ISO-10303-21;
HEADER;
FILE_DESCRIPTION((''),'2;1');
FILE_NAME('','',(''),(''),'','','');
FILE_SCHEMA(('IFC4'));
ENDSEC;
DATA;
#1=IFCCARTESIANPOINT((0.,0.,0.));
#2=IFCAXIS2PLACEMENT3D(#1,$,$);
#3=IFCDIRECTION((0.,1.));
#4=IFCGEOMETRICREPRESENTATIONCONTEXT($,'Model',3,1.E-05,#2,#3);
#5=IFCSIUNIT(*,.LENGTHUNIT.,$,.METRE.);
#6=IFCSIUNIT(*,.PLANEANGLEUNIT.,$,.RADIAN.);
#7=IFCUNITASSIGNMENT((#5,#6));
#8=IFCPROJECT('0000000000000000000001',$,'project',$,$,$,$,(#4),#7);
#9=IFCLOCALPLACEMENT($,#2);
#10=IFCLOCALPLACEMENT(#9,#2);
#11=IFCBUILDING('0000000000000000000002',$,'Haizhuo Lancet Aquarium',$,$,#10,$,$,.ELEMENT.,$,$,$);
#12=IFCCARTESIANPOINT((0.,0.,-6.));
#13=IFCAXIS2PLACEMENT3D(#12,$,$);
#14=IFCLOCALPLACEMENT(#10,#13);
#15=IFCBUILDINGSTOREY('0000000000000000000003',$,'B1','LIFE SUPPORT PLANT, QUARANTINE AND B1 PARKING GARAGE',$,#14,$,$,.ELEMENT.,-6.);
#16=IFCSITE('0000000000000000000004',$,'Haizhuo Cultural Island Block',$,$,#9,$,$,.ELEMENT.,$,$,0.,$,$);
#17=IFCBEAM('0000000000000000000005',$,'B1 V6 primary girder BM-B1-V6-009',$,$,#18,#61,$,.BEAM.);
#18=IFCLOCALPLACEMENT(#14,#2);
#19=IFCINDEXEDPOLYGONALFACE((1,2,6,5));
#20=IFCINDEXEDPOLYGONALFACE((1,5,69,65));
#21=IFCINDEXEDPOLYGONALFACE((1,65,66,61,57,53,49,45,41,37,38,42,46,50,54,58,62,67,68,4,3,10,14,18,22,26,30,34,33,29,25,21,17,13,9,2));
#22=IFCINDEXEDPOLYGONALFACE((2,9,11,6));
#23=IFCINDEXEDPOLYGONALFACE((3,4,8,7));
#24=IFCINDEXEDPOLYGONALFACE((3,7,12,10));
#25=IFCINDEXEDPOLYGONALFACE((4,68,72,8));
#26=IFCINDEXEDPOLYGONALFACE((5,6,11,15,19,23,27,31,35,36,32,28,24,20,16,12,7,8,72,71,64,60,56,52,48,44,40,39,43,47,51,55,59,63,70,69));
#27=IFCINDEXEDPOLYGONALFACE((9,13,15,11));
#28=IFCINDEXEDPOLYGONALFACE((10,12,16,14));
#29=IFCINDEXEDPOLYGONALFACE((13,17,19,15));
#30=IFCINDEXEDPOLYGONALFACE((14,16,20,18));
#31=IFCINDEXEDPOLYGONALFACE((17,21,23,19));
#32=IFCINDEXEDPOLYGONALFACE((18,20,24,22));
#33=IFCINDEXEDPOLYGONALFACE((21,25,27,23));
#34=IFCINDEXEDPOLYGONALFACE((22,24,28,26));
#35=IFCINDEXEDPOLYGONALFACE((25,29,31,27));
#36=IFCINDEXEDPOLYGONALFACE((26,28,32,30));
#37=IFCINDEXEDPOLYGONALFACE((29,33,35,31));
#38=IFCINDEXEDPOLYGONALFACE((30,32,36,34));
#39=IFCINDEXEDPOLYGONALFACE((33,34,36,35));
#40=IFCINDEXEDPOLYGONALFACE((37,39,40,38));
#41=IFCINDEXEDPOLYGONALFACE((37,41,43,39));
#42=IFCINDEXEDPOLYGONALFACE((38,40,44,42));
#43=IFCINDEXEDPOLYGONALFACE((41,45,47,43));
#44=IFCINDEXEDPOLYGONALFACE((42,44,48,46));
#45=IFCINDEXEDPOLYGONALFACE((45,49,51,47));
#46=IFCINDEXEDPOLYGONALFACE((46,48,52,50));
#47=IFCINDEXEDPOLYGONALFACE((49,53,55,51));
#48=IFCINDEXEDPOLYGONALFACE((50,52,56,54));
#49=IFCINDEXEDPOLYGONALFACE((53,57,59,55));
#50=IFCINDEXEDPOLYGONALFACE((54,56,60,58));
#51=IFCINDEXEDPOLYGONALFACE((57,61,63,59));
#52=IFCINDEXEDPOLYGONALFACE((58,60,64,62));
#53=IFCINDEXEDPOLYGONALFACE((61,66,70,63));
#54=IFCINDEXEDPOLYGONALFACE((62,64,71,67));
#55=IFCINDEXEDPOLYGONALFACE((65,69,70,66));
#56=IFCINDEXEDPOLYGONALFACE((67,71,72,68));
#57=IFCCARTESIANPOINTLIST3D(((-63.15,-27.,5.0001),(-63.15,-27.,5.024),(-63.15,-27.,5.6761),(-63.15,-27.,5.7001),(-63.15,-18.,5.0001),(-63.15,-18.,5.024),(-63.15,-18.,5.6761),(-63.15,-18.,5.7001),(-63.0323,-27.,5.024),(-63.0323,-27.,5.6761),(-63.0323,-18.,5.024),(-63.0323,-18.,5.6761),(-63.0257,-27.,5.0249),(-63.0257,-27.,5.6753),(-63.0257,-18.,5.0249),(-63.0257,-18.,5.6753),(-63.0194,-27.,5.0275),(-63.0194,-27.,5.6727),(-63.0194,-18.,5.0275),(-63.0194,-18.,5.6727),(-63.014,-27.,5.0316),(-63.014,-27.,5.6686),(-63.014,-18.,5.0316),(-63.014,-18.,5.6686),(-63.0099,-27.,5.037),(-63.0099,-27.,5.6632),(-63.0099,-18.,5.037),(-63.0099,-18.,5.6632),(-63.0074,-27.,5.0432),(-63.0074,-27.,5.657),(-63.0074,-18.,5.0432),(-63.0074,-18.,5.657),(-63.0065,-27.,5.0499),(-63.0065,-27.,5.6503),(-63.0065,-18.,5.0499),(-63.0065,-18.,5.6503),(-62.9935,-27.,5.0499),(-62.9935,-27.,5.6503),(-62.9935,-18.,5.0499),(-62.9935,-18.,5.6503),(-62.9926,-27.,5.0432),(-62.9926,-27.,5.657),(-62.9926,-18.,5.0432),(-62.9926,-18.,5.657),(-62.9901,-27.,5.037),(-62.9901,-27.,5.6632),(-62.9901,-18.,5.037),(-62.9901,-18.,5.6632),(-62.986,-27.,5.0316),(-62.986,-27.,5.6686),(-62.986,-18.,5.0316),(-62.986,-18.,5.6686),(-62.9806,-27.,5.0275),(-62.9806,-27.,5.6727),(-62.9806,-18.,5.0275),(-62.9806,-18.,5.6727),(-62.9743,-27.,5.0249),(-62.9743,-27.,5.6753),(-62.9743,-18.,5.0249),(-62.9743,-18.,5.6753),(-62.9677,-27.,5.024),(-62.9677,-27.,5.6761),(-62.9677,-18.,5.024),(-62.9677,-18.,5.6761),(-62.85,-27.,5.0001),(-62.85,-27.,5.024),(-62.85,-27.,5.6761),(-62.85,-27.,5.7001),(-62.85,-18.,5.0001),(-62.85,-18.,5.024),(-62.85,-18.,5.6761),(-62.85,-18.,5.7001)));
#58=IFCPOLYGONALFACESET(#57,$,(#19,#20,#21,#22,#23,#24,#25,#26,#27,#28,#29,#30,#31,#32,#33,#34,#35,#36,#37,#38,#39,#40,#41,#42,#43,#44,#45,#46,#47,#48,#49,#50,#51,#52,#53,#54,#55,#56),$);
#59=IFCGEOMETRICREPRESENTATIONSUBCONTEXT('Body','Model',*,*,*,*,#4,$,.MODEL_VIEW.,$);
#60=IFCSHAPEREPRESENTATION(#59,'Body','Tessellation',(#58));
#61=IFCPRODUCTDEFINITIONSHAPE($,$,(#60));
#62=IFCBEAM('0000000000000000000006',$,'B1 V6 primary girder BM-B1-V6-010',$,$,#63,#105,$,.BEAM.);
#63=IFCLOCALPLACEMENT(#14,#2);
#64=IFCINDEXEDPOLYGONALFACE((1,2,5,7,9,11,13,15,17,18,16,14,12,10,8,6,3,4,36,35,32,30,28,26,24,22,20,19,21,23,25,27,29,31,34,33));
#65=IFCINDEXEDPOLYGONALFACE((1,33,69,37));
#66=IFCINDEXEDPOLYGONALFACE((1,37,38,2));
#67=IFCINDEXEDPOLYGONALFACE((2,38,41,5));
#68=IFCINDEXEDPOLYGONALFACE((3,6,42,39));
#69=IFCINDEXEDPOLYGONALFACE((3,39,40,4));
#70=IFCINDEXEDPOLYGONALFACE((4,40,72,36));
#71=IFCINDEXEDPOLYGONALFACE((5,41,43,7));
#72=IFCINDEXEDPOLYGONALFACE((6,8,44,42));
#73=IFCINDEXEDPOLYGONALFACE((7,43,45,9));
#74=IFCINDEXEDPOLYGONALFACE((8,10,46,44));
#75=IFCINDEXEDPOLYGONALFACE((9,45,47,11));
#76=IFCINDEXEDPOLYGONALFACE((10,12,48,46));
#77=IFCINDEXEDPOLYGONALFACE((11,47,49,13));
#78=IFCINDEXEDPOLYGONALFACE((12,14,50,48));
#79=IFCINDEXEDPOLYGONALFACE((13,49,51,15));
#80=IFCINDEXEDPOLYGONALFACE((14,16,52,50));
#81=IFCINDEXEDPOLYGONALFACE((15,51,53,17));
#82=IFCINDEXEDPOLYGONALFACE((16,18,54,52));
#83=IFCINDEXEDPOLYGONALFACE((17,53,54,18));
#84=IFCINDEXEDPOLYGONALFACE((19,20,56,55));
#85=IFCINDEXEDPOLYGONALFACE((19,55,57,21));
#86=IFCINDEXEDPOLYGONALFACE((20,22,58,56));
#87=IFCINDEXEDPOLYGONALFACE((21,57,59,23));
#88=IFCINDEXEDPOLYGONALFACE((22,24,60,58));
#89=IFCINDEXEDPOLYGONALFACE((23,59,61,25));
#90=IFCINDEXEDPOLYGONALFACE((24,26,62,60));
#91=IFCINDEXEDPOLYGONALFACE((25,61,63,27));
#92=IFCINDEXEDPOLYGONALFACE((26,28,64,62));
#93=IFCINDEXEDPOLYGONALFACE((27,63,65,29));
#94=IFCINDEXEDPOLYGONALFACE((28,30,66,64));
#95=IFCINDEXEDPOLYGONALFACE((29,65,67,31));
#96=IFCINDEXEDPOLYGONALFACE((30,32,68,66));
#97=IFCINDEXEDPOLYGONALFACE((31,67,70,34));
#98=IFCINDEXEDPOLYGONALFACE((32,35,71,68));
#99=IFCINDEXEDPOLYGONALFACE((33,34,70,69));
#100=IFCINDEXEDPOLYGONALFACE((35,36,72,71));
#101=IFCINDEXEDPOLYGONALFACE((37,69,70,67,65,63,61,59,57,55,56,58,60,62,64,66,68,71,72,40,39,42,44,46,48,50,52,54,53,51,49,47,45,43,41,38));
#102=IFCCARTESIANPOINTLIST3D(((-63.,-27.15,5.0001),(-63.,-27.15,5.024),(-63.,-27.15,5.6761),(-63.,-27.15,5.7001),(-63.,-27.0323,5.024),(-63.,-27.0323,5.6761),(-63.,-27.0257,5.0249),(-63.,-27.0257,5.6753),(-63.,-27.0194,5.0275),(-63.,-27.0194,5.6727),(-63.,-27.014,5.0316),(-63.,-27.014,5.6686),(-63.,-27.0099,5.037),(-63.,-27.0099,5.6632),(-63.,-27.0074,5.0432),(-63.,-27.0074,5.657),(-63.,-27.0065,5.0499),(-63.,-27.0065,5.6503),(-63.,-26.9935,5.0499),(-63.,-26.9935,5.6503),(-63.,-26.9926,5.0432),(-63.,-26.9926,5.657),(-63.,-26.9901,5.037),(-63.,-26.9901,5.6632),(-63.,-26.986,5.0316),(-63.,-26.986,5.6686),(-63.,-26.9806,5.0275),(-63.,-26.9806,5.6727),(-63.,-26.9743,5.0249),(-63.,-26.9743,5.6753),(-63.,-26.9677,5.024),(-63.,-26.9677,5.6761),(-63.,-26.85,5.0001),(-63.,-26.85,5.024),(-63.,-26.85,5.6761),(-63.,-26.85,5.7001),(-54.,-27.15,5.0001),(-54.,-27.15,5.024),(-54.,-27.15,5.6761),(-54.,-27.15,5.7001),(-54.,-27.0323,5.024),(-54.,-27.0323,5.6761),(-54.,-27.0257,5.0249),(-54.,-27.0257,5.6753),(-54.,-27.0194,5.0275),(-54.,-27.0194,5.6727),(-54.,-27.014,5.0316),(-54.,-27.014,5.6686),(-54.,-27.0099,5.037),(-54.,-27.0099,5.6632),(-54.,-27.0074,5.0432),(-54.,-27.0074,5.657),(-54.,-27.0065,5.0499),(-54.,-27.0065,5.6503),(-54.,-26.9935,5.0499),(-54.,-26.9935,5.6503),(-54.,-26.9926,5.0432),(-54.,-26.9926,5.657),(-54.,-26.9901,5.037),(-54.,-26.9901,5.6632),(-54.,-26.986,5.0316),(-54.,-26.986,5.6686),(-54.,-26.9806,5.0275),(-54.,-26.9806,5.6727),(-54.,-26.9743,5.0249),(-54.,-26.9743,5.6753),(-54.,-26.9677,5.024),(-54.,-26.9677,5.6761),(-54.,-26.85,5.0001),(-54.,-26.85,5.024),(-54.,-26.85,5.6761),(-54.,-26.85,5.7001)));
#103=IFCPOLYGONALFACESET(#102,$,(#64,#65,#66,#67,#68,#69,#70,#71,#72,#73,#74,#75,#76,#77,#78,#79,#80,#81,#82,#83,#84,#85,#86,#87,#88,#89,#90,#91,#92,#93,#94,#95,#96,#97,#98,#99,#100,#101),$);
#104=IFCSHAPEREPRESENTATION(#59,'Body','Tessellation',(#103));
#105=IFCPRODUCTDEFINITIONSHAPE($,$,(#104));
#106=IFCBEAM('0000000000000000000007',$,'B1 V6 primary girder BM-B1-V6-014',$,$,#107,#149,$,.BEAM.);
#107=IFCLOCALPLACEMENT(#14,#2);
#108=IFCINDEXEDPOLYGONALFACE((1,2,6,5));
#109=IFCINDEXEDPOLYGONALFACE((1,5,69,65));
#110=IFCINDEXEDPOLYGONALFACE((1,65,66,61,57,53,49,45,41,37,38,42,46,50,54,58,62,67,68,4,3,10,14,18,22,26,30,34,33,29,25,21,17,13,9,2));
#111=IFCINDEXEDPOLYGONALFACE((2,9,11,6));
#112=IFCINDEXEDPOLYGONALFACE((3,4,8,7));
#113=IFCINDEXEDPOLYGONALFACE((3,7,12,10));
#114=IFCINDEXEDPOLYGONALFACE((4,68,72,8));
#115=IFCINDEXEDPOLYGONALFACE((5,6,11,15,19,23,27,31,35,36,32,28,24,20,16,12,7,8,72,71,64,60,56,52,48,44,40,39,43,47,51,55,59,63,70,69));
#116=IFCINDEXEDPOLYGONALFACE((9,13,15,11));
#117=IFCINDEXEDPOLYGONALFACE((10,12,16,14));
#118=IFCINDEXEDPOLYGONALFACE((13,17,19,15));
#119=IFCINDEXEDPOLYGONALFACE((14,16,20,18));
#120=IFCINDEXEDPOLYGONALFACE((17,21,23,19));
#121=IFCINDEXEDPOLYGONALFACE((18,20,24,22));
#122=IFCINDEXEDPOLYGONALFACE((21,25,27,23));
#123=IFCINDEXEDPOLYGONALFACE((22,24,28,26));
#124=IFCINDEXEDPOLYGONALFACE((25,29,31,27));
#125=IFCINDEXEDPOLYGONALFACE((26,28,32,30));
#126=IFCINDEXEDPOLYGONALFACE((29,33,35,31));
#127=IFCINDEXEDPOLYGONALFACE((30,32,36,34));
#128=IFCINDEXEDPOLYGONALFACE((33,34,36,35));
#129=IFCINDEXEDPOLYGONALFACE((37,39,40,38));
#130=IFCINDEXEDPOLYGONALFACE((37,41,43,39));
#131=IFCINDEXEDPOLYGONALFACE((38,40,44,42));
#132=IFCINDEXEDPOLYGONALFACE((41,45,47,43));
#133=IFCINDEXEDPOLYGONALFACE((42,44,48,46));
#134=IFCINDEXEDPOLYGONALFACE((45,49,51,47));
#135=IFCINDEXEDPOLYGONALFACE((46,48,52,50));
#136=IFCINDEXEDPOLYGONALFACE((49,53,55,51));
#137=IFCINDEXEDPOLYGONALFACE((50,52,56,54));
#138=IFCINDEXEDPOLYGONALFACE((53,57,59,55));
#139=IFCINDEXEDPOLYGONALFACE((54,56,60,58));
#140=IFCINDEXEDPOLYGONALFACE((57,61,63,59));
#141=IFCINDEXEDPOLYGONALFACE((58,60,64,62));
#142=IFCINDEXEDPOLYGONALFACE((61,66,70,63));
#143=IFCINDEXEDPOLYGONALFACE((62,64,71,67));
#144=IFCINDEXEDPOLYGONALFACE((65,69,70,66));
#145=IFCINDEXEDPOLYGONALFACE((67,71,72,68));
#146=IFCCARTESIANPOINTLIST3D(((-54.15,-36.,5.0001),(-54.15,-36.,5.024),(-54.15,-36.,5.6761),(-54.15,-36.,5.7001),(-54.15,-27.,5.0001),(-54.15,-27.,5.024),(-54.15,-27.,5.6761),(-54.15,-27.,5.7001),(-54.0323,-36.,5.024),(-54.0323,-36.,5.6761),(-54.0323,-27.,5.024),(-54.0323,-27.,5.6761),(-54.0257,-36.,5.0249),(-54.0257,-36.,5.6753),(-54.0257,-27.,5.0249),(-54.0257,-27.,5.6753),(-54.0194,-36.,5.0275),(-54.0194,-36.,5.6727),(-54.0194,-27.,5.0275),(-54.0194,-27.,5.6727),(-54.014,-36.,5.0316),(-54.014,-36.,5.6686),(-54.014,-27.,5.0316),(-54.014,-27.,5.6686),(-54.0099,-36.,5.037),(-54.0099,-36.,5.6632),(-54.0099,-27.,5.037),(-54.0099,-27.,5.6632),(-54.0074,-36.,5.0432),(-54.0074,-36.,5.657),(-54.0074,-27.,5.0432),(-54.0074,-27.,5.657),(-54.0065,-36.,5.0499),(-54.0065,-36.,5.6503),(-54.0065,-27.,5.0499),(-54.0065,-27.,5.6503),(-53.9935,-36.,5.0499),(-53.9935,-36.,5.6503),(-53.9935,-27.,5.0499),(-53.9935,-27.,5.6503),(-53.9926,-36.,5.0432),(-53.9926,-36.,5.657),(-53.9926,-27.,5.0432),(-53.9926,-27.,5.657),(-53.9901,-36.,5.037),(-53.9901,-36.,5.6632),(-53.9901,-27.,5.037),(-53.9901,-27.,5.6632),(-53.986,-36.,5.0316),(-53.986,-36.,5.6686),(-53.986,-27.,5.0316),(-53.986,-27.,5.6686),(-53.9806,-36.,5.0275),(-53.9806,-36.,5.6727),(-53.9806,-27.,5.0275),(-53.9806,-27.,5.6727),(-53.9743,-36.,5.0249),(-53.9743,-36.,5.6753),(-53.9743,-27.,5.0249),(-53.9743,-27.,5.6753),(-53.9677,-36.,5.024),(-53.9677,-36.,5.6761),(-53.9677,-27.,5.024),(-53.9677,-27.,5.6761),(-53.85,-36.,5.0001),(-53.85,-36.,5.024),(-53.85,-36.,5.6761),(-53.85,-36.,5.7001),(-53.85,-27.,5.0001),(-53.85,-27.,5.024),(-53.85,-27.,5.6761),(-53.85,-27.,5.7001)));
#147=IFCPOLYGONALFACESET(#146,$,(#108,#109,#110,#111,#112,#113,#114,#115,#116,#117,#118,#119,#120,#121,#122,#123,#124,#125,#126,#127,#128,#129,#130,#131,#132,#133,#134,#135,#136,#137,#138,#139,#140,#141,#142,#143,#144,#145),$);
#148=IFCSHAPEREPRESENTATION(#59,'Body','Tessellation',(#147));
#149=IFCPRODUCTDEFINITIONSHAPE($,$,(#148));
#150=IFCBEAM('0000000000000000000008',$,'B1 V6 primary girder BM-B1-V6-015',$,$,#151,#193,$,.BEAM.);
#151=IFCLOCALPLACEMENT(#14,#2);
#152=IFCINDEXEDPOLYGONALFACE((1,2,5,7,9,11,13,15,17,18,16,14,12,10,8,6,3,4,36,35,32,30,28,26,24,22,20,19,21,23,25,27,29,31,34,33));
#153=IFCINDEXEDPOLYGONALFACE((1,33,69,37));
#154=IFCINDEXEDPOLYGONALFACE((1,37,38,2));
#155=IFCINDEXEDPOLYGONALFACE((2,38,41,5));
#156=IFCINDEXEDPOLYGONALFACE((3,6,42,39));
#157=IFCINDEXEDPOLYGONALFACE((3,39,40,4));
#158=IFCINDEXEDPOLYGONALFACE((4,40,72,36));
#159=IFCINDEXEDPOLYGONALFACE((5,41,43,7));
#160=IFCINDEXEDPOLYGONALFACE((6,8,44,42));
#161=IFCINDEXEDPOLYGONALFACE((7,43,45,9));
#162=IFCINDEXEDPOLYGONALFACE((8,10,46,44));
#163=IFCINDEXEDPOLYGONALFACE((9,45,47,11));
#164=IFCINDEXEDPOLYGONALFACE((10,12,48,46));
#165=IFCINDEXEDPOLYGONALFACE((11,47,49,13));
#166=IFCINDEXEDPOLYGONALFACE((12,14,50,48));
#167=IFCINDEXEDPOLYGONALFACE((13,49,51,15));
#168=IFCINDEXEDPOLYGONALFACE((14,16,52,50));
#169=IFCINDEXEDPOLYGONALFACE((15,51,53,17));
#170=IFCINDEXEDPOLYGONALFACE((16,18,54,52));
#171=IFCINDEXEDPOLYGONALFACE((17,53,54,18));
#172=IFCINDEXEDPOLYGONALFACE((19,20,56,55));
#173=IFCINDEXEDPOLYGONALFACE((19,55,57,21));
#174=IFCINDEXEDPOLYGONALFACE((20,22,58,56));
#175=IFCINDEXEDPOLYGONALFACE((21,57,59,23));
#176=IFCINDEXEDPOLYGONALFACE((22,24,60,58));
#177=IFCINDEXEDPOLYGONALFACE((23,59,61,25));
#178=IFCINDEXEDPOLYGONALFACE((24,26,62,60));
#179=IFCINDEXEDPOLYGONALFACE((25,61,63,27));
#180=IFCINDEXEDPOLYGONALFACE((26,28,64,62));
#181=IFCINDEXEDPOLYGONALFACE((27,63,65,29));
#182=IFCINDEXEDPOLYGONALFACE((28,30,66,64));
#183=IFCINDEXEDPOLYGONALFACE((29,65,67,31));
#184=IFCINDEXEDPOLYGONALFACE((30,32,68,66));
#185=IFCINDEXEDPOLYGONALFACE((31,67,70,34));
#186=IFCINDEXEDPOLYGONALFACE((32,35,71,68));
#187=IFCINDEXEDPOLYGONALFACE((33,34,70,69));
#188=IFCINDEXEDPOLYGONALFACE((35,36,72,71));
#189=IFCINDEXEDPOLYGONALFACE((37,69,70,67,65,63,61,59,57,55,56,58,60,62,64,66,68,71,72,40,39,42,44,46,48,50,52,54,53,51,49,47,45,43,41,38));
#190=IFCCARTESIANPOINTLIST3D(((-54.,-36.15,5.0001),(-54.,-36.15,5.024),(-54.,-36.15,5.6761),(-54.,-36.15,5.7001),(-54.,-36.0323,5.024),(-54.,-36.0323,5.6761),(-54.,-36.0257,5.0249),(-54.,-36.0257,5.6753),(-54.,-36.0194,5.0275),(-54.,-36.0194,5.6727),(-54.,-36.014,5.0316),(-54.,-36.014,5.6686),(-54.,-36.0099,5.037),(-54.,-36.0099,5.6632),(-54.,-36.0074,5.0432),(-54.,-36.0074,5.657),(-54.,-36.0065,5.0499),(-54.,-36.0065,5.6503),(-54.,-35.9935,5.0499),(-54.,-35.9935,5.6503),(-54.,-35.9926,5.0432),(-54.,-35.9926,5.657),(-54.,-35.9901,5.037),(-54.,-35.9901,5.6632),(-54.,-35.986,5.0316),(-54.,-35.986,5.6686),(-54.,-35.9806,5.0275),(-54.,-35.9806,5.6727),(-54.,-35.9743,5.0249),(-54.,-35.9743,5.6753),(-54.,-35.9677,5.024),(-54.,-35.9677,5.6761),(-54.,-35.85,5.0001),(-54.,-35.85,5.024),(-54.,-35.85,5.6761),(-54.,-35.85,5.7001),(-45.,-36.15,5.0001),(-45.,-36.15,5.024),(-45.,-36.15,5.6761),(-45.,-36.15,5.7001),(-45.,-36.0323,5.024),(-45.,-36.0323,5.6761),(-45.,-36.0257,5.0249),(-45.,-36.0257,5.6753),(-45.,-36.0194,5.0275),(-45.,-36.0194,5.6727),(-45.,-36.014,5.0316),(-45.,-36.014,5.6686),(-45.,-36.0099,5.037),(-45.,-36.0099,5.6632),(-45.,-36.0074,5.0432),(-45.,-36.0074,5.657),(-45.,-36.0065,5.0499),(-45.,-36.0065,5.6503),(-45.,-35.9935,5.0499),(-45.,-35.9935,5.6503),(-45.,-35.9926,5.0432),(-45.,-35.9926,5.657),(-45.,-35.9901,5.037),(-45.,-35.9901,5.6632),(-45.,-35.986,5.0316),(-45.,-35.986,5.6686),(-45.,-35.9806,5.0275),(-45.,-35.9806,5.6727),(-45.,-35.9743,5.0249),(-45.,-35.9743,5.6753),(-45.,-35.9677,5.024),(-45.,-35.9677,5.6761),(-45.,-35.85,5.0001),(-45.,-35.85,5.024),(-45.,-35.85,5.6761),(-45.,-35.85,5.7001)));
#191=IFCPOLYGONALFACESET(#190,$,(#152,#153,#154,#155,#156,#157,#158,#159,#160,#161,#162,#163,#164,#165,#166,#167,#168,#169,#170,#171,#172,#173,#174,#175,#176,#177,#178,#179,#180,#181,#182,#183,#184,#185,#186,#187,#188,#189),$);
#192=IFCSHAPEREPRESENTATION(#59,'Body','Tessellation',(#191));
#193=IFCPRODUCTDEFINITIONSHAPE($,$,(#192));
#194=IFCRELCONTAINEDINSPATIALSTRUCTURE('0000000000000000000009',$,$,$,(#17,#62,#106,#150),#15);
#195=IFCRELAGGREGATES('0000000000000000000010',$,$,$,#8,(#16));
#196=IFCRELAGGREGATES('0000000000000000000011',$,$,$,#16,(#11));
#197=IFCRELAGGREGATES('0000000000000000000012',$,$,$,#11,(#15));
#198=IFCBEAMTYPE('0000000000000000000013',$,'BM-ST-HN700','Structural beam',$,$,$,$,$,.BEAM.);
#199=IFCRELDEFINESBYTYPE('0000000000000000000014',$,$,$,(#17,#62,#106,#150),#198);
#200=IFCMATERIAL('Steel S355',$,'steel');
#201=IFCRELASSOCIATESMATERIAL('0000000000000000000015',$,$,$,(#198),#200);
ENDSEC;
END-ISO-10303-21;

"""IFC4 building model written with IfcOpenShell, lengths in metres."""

from ifc_helpers import new_model, si_unit, direction, frame, origin, origin_2d, place, context, subcontext, project, spatial, i_section, extrude, material, material_profile, profile_set, type_object, element, save


model = new_model("IFC4")

# Units and contexts
model_context = context("Model", 3, precision=1e-05, world=origin(), true_north=direction((0.0, 1.0)))
body_context = subcontext(model_context, "Body", "Model", "MODEL_VIEW")
ifc_project = project(units=[si_unit("LENGTHUNIT", "METRE"), si_unit("PLANEANGLEUNIT", "RADIAN")], contexts=[model_context])

# Site, building, storey
site_placement = place(None, origin())
site = spatial("IfcSite", under=ifc_project, at=site_placement, Name="Haizhuo Cultural Island Block", CompositionType="ELEMENT", RefElevation=0.0)
building_placement = place(site_placement, origin())
building = spatial("IfcBuilding", under=site, at=building_placement, Name="Haizhuo Lancet Aquarium", CompositionType="ELEMENT")
storey_placement = place(building_placement, frame((0.0, 0.0, -6.0)))
storey = spatial("IfcBuildingStorey", under=building, at=storey_placement, Name="B1", Description="LIFE SUPPORT PLANT, QUARANTINE AND B1 PARKING GARAGE", CompositionType="ELEMENT", Elevation=-6.0)

# Beams
ifc_material_1 = material(Name="Steel S355", Category="steel")
ifc_material_profile_1 = material_profile(ifc_material_1, i_section(OverallWidth=0.3, OverallDepth=0.7, WebThickness=0.0129, FlangeThickness=0.0239, FilletRadius=0.0259, at=origin_2d()), Name="HN 700x300x13x24")
ifc_profile_set_1 = profile_set([ifc_material_profile_1], Name="Steel S355")
beam_type_1 = type_object("IfcBeamType", Name="BM-ST-HN700", Description="Structural beam", PredefinedType="BEAM", material=ifc_profile_set_1)
for number, where, z_axis, x_axis, name in (
    (1, (-63.0, -27.0, 5.3501), (0.0, 1.0, 0.0), (-1.0, 0.0, 0.0), "B1 V6 primary girder BM-B1-V6-009"),
    (2, (-63.0, -27.0, 5.3501), (1.0, 0.0, 0.0), (0.0, 1.0, 0.0), "B1 V6 primary girder BM-B1-V6-010"),
    (3, (-54.0, -36.0, 5.3501), (0.0, 1.0, 0.0), (-1.0, 0.0, 0.0), "B1 V6 primary girder BM-B1-V6-014"),
    (4, (-54.0, -36.0, 5.3501), (1.0, 0.0, 0.0), (0.0, 1.0, 0.0), "B1 V6 primary girder BM-B1-V6-015"),
):
    element("IfcBeam", number, at=place(storey_placement, frame(where, z_axis=z_axis, x_axis=x_axis)), inside=storey, type_object=beam_type_1, Name=name, PredefinedType="BEAM", context=body_context, shape_type="SweptSolid", body=[
        extrude(i_section(OverallWidth=0.3, OverallDepth=0.7, WebThickness=0.0129, FlangeThickness=0.0239, FilletRadius=0.0259, at=origin_2d()), origin(), (0.0, 0.0, 1.0), 9.0),
    ])

save(model, "model.ifc")
